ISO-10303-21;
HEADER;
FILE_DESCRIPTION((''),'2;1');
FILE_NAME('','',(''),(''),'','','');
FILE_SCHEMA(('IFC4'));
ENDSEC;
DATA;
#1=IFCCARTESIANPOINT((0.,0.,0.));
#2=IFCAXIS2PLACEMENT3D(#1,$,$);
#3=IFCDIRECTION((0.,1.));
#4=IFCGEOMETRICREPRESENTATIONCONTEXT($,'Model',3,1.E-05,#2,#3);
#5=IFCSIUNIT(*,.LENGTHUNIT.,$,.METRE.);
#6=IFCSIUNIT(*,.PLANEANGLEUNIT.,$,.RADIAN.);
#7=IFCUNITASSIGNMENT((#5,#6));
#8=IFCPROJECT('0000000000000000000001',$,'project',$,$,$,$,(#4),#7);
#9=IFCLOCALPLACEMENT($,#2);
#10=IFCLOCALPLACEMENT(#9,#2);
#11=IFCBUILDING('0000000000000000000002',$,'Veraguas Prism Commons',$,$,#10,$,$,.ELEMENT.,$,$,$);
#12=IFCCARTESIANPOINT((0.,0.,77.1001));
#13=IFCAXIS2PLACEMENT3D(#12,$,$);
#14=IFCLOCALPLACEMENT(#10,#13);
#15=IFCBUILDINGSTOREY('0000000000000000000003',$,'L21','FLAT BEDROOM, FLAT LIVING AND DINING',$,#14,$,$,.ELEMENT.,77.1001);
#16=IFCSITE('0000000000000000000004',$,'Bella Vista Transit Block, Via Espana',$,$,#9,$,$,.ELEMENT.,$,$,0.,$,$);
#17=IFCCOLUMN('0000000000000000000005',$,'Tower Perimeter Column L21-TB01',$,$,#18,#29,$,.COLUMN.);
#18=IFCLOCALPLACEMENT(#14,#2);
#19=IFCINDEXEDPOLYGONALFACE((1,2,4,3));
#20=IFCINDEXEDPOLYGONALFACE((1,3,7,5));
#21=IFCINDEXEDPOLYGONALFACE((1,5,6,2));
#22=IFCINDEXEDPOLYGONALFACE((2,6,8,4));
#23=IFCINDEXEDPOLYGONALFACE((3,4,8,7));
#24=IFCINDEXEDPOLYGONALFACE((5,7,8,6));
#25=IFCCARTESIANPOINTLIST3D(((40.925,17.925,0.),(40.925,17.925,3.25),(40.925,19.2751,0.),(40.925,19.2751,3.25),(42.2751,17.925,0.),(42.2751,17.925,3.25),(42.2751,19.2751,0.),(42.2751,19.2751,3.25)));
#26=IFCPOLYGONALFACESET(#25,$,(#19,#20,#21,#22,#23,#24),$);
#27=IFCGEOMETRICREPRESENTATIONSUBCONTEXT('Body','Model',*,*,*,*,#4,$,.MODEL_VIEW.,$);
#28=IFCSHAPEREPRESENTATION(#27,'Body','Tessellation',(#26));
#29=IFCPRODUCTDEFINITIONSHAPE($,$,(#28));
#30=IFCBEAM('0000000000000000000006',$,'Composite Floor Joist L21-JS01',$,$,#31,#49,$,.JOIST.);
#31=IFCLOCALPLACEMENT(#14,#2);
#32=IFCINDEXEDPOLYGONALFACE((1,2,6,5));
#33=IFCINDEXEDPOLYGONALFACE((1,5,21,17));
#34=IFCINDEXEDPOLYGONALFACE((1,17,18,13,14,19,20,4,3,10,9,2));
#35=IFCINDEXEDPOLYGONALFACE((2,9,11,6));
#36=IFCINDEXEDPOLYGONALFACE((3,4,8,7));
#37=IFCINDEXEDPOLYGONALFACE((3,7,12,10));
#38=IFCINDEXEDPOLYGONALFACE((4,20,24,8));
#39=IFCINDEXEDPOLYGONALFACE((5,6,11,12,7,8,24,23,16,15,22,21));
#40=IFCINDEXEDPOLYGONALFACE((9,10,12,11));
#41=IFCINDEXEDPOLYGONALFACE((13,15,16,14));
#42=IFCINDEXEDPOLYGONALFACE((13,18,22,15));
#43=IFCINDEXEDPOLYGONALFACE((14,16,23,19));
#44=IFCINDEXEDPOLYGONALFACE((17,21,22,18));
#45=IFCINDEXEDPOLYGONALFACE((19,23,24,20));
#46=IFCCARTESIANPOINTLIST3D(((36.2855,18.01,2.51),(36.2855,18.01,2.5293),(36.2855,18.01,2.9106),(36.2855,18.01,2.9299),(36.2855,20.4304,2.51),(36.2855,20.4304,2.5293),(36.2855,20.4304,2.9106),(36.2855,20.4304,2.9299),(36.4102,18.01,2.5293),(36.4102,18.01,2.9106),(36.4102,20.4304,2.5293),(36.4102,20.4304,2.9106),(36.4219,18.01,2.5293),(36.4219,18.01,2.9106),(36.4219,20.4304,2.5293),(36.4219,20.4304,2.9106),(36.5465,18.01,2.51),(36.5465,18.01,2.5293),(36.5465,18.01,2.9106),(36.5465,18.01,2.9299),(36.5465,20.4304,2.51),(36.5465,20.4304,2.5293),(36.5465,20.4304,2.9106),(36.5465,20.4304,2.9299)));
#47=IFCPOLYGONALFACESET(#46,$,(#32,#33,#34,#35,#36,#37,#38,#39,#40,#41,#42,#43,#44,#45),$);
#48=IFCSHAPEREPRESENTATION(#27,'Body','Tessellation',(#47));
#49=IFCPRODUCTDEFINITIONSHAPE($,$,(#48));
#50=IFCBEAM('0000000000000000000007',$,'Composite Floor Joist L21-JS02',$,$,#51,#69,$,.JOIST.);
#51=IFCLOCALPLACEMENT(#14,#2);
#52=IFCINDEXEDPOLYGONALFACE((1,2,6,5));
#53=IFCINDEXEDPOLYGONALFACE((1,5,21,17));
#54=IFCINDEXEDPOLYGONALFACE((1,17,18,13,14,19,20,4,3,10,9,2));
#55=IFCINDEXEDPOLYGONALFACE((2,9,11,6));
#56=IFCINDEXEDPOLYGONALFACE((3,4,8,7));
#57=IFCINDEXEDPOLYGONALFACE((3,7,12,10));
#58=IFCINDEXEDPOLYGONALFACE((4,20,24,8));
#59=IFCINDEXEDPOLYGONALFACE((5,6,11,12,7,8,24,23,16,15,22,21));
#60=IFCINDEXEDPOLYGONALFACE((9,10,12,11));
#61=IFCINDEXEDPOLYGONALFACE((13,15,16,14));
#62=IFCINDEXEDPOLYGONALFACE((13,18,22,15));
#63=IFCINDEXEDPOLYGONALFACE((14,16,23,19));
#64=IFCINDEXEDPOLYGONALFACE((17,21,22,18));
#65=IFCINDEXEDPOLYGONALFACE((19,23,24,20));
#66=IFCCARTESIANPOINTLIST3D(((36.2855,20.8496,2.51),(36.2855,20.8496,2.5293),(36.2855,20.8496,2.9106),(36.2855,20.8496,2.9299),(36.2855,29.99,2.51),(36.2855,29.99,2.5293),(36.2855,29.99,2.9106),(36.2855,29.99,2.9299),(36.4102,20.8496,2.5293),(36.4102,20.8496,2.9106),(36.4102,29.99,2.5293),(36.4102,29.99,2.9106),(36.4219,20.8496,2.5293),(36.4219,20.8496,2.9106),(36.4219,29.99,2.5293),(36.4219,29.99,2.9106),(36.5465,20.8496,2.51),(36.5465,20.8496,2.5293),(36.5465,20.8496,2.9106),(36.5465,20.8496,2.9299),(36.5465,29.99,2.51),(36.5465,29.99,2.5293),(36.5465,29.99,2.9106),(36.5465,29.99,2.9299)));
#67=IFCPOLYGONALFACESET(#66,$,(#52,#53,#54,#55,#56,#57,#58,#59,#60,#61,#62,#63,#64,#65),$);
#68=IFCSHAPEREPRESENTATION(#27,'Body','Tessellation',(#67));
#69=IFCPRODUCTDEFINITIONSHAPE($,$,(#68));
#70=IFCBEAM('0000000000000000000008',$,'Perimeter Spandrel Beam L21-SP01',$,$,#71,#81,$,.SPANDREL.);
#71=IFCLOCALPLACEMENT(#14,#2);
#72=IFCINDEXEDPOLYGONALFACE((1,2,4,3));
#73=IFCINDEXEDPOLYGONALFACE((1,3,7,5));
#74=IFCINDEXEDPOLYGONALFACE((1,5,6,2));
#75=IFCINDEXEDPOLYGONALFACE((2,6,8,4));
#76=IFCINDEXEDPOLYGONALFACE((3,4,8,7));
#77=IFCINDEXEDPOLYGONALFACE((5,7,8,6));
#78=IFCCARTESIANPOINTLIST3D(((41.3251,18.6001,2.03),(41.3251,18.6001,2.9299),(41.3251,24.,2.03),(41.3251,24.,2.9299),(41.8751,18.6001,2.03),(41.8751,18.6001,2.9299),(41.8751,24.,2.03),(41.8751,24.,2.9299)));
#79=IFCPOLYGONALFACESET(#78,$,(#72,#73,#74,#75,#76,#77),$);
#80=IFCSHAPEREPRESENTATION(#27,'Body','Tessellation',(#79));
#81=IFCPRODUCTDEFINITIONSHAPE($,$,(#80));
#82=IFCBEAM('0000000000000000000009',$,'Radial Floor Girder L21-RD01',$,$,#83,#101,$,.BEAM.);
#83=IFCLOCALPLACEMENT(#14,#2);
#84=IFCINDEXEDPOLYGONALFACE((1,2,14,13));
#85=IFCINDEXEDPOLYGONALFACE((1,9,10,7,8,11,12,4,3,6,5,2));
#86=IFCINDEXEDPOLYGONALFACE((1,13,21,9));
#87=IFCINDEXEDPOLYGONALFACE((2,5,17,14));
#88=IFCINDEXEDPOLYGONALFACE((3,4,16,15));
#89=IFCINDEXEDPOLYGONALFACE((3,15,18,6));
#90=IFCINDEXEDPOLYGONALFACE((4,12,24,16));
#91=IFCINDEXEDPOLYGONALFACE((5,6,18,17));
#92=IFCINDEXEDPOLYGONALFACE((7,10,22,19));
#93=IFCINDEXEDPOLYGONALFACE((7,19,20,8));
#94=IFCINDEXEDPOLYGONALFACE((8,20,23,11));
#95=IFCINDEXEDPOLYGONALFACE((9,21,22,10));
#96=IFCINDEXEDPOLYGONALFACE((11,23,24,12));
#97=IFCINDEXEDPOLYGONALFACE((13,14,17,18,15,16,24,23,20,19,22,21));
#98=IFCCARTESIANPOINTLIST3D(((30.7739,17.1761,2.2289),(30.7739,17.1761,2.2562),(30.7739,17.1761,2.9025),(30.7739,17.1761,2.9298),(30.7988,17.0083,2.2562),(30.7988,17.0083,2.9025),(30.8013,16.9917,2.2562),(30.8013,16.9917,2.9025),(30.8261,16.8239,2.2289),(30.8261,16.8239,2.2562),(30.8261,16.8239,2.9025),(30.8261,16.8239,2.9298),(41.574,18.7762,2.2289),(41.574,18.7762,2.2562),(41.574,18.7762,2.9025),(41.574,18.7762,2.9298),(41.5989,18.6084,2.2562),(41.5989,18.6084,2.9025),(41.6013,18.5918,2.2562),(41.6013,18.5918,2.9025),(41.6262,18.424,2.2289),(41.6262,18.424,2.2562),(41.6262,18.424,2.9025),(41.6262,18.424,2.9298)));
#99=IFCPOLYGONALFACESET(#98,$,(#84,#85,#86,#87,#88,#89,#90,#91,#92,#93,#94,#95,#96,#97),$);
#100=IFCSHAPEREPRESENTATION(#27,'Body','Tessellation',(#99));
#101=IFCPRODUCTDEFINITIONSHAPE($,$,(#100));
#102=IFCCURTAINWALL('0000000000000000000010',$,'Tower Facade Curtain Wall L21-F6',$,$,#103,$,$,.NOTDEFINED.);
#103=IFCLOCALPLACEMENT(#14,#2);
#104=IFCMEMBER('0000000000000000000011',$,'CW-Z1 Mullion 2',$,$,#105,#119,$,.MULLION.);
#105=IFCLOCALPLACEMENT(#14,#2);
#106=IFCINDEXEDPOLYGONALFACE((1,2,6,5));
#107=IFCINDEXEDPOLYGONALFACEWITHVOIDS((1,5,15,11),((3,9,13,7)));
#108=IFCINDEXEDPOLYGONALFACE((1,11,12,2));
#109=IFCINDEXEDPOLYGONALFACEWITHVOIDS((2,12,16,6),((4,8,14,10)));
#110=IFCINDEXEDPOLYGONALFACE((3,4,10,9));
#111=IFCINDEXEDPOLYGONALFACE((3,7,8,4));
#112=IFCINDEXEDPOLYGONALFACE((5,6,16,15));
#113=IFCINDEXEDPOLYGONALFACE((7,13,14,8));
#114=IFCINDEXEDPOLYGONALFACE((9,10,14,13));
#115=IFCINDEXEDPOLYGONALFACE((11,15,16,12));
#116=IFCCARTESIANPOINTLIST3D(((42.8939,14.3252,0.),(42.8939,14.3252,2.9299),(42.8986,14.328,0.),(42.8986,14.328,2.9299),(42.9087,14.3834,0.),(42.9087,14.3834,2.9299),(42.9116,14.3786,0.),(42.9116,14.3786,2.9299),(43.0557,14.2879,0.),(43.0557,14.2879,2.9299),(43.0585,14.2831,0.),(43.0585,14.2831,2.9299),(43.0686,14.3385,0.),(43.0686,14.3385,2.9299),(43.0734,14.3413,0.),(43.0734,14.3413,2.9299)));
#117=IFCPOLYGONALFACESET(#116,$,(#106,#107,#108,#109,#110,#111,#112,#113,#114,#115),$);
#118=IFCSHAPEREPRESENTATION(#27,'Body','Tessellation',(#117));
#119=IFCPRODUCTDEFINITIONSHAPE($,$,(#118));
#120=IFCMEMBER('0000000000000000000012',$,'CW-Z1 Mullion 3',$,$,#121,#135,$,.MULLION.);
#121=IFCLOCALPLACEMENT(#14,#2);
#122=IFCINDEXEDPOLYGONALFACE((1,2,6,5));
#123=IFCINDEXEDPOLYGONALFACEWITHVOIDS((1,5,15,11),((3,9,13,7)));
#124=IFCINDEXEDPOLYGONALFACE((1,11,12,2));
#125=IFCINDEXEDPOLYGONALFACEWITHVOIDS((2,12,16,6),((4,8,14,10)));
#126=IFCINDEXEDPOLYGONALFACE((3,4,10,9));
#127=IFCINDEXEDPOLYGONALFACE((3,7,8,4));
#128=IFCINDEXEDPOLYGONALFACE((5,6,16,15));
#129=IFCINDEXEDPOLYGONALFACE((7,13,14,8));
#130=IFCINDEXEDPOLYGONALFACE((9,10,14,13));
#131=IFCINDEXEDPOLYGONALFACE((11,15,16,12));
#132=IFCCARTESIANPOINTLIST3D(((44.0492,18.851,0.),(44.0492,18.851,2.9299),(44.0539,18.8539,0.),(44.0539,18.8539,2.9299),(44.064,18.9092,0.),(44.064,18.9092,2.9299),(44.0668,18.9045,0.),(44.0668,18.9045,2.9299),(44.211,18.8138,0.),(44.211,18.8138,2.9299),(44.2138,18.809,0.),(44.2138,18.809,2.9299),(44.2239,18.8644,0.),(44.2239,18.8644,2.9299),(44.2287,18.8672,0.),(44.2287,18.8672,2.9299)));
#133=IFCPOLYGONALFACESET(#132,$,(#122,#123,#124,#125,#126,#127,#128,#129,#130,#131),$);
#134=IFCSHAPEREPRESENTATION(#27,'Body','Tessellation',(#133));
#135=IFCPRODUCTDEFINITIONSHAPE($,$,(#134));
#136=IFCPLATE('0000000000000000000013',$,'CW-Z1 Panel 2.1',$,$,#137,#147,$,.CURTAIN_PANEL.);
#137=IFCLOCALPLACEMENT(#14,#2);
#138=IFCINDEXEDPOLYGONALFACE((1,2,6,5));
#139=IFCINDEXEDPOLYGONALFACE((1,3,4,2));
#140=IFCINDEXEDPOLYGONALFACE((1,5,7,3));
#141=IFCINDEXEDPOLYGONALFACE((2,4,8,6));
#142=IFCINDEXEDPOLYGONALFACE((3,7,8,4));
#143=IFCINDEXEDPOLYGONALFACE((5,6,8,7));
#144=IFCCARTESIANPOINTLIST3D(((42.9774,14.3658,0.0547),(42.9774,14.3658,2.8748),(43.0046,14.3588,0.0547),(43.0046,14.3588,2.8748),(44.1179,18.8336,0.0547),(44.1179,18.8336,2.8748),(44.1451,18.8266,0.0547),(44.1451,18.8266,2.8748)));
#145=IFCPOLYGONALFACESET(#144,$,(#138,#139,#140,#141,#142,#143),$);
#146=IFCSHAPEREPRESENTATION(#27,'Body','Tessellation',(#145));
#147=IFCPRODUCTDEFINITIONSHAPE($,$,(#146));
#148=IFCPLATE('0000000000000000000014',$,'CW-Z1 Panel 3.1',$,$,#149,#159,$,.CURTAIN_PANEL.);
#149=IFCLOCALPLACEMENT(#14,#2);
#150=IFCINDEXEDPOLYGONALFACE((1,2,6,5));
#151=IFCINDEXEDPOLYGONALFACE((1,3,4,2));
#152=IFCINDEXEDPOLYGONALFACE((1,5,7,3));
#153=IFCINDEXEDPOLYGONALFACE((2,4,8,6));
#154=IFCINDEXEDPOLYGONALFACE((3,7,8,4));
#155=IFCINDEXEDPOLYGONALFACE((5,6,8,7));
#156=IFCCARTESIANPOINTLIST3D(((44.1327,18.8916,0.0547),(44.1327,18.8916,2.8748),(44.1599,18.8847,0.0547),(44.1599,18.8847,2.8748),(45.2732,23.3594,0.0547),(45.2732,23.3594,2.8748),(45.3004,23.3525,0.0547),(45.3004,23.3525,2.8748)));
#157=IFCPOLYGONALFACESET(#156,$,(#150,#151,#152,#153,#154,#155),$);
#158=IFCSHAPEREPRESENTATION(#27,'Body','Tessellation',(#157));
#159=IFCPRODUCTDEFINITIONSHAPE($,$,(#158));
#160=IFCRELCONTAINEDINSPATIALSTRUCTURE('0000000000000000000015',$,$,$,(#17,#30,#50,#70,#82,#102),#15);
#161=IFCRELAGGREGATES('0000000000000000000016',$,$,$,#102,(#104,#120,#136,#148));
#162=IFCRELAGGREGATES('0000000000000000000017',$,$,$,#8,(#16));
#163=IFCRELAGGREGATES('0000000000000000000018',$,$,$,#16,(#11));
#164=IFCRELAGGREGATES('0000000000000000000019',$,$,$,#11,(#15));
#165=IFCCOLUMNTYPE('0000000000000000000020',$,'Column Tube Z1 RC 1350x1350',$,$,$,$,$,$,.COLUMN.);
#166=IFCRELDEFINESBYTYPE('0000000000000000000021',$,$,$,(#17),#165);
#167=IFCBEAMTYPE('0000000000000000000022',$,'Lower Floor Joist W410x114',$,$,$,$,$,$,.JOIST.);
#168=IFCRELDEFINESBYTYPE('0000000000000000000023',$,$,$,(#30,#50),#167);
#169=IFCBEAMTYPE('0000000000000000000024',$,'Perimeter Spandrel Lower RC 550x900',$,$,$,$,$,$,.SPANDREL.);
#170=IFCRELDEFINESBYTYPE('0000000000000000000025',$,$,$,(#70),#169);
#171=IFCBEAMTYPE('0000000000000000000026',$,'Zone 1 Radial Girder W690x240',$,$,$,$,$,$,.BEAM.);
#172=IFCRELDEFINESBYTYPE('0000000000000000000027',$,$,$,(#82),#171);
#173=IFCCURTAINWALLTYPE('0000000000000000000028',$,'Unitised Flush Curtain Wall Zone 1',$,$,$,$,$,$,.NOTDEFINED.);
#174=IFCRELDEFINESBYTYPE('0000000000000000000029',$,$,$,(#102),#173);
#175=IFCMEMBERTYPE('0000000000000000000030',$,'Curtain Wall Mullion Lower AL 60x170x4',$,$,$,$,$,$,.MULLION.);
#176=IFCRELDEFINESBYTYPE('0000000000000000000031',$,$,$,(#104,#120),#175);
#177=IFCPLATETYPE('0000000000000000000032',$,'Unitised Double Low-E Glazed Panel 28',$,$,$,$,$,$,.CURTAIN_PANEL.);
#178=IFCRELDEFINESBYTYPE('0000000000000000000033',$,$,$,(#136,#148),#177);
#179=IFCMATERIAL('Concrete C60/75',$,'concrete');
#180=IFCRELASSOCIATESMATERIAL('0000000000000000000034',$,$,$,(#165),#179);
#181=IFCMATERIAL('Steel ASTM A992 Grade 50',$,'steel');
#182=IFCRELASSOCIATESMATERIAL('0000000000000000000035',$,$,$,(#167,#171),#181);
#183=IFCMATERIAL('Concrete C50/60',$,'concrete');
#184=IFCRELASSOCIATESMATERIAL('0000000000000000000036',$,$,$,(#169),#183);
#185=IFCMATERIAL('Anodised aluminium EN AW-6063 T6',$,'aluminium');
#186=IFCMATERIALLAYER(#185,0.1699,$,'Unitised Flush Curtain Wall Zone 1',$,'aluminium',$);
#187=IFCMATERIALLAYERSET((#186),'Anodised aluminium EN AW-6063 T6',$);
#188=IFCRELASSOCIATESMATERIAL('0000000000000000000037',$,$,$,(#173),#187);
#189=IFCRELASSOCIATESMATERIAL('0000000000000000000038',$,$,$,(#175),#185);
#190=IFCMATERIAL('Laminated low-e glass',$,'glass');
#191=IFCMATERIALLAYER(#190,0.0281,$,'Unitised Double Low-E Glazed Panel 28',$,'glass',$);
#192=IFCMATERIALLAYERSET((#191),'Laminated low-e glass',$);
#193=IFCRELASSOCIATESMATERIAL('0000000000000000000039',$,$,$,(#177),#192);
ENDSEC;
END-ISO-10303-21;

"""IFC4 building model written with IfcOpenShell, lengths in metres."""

from ifc_helpers import new_model, si_unit, direction, frame, origin, origin_2d, place, context, subcontext, project, spatial, rectangle, hollow_rectangle, i_section, extrude, source, transform, mapped, material, layer, layer_set, material_profile, profile_set, type_object, element, aggregate, save


model = new_model("IFC4")

# Units and contexts
model_context = context("Model", 3, precision=1e-05, world=origin(), true_north=direction((0.0, 1.0)))
body_context = subcontext(model_context, "Body", "Model", "MODEL_VIEW")
ifc_project = project(units=[si_unit("LENGTHUNIT", "METRE"), si_unit("PLANEANGLEUNIT", "RADIAN")], contexts=[model_context])

# Site, building, storey
site_placement = place(None, origin())
site = spatial("IfcSite", under=ifc_project, at=site_placement, Name="Bella Vista Transit Block, Via Espana", CompositionType="ELEMENT", RefElevation=0.0)
building_placement = place(site_placement, origin())
building = spatial("IfcBuilding", under=site, at=building_placement, Name="Veraguas Prism Commons", CompositionType="ELEMENT")
storey_placement = place(building_placement, frame((0.0, 0.0, 77.1001)))
storey = spatial("IfcBuildingStorey", under=building, at=storey_placement, Name="L21", Description="FLAT BEDROOM, FLAT LIVING AND DINING", CompositionType="ELEMENT", Elevation=77.1001)

# Column
ifc_material_1 = material(Name="Concrete C60/75", Category="concrete")
ifc_material_profile_1 = material_profile(ifc_material_1, rectangle(XDim=1.3501, YDim=1.3501, at=origin_2d()), Name="RC1350X1350")
ifc_profile_set_1 = profile_set([ifc_material_profile_1], Name="Concrete C60/75")
column_type = type_object("IfcColumnType", Name="Column Tube Z1 RC 1350x1350", PredefinedType="COLUMN", material=ifc_profile_set_1)
column_placement = place(storey_placement, frame((41.6001, 18.6001, 0.0), z_axis=(0.0, 0.0, 1.0), x_axis=(1.0, 0.0, 0.0)))
element("IfcColumn", 1, at=column_placement, inside=storey, type_object=column_type, Name="Tower Perimeter Column L21-TB01", PredefinedType="COLUMN", context=body_context, shape_type="SweptSolid", body=[
    extrude(rectangle(XDim=1.3501, YDim=1.3501, at=origin_2d()), origin(), (0.0, 0.0, 1.0), 3.25),
])

# Beams
ifc_material_2 = material(Name="Steel ASTM A992 Grade 50", Category="steel")
ifc_material_profile_2 = material_profile(ifc_material_2, i_section(OverallWidth=0.261, OverallDepth=0.4199, WebThickness=0.0117, FlangeThickness=0.0193, at=origin_2d()), Name="W410X114")
ifc_profile_set_2 = profile_set([ifc_material_profile_2], Name="Steel ASTM A992 Grade 50")
beam_type_1 = type_object("IfcBeamType", Name="Lower Floor Joist W410x114", PredefinedType="JOIST", material=ifc_profile_set_2)
beam_1_placement = place(storey_placement, frame((36.416, 18.01, 2.72), z_axis=(0.0, 1.0, 0.0), x_axis=(-1.0, 0.0, 0.0)))
element("IfcBeam", 2, at=beam_1_placement, inside=storey, type_object=beam_type_1, Name="Composite Floor Joist L21-JS01", PredefinedType="JOIST", context=body_context, shape_type="SweptSolid", body=[
    extrude(i_section(OverallWidth=0.261, OverallDepth=0.4199, WebThickness=0.0117, FlangeThickness=0.0193, at=origin_2d()), origin(), (0.0, 0.0, 1.0), 2.4204),
])
beam_2_placement = place(storey_placement, frame((36.416, 20.8496, 2.72), z_axis=(0.0, 1.0, 0.0), x_axis=(-1.0, 0.0, 0.0)))
element("IfcBeam", 3, at=beam_2_placement, inside=storey, type_object=beam_type_1, Name="Composite Floor Joist L21-JS02", PredefinedType="JOIST", context=body_context, shape_type="SweptSolid", body=[
    extrude(i_section(OverallWidth=0.261, OverallDepth=0.4199, WebThickness=0.0117, FlangeThickness=0.0193, at=origin_2d()), origin(), (0.0, 0.0, 1.0), 9.1404),
])
ifc_material_3 = material(Name="Concrete C50/60", Category="concrete")
ifc_material_profile_3 = material_profile(ifc_material_3, rectangle(XDim=0.55, YDim=0.8999, at=origin_2d()), Name="RC550X900")
ifc_profile_set_3 = profile_set([ifc_material_profile_3], Name="Concrete C50/60")
beam_type_2 = type_object("IfcBeamType", Name="Perimeter Spandrel Lower RC 550x900", PredefinedType="SPANDREL", material=ifc_profile_set_3)
beam_3_placement = place(storey_placement, frame((41.6001, 18.6001, 2.48), z_axis=(0.0, 1.0, 0.0), x_axis=(-1.0, 0.0, 0.0)))
element("IfcBeam", 4, at=beam_3_placement, inside=storey, type_object=beam_type_2, Name="Perimeter Spandrel Beam L21-SP01", PredefinedType="SPANDREL", context=body_context, shape_type="SweptSolid", body=[
    extrude(rectangle(XDim=0.55, YDim=0.8999, at=origin_2d()), origin(), (0.0, 0.0, 1.0), 5.3999),
])
ifc_material_profile_4 = material_profile(ifc_material_2, i_section(OverallWidth=0.356, OverallDepth=0.7009, WebThickness=0.0168, FlangeThickness=0.0273, at=origin_2d()), Name="W690X240")
ifc_profile_set_4 = profile_set([ifc_material_profile_4], Name="Steel ASTM A992 Grade 50")
beam_type_3 = type_object("IfcBeamType", Name="Zone 1 Radial Girder W690x240", PredefinedType="BEAM", material=ifc_profile_set_4)
beam_4_placement = place(storey_placement, frame((41.6001, 18.6001, 2.5793), z_axis=(-0.989202, -0.146557, 0.0), x_axis=(0.146557, -0.989202, 0.0)))
element("IfcBeam", 5, at=beam_4_placement, inside=storey, type_object=beam_type_3, Name="Radial Floor Girder L21-RD01", PredefinedType="BEAM", context=body_context, shape_type="SweptSolid", body=[
    extrude(i_section(OverallWidth=0.356, OverallDepth=0.7009, WebThickness=0.0168, FlangeThickness=0.0273, at=origin_2d()), origin(), (0.0, 0.0, 1.0), 10.918),
])

# Curtain wall, members, plates
ifc_material_4 = material(Name="Anodised aluminium EN AW-6063 T6", Category="aluminium")
ifc_layer_1 = layer(ifc_material_4, 0.1699, Name="Unitised Flush Curtain Wall Zone 1", Category="aluminium")
ifc_layer_set_1 = layer_set([ifc_layer_1], Name="Anodised aluminium EN AW-6063 T6")
curtain_wall_type = type_object("IfcCurtainWallType", Name="Unitised Flush Curtain Wall Zone 1", PredefinedType="NOTDEFINED", material=ifc_layer_set_1)
curtain_wall_placement = place(storey_placement, origin())
curtain_wall = element("IfcCurtainWall", 6, at=curtain_wall_placement, inside=storey, type_object=curtain_wall_type, Name="Tower Facade Curtain Wall L21-F6", PredefinedType="NOTDEFINED")
ifc_material_profile_5 = material_profile(ifc_material_4, hollow_rectangle(XDim=0.0601, YDim=0.1699, WallThickness=0.0039, at=origin_2d()), Name="AL60X170X4")
ifc_profile_set_5 = profile_set([ifc_material_profile_5], Name="Anodised aluminium EN AW-6063 T6")
member_type = type_object("IfcMemberType", Name="Curtain Wall Mullion Lower AL 60x170x4", PredefinedType="MULLION", material=ifc_profile_set_5)
shared_shape_1 = source(origin(), body_context, "Body", "SweptSolid", [
    extrude(hollow_rectangle(XDim=0.0601, YDim=0.1699, WallThickness=0.0039, at=origin_2d()), origin(), (0.0, 0.0, 1.0), 2.9299),
])
member_1_placement = place(storey_placement, frame((42.9836, 14.3333, 0.0), z_axis=(0.0, 0.0, 1.0), x_axis=(0.247341, 0.968929, 0.0)))
member_1 = element("IfcMember", 7, at=member_1_placement, type_object=member_type, Name="CW-Z1 Mullion 2", PredefinedType="MULLION", context=body_context, shape_type="MappedRepresentation", body=[
    mapped(shared_shape_1, transform((0.0, 0.0, 0.0), scale=1.0)),
])
member_2_placement = place(storey_placement, frame((44.1389, 18.8591, 0.0), z_axis=(0.0, 0.0, 1.0), x_axis=(0.247341, 0.968929, 0.0)))
member_2 = element("IfcMember", 8, at=member_2_placement, type_object=member_type, Name="CW-Z1 Mullion 3", PredefinedType="MULLION", context=body_context, shape_type="MappedRepresentation", body=[
    mapped(shared_shape_1, transform((0.0, 0.0, 0.0), scale=1.0)),
])
ifc_material_5 = material(Name="Laminated low-e glass", Category="glass")
ifc_layer_2 = layer(ifc_material_5, 0.0281, Name="Unitised Double Low-E Glazed Panel 28", Category="glass")
ifc_layer_set_2 = layer_set([ifc_layer_2], Name="Laminated low-e glass")
plate_type = type_object("IfcPlateType", Name="Unitised Double Low-E Glazed Panel 28", PredefinedType="CURTAIN_PANEL", material=ifc_layer_set_2)
shared_shape_2 = source(origin(), body_context, "Body", "SweptSolid", [
    extrude(rectangle(XDim=4.6111, YDim=0.0281, at=origin_2d()), origin(), (0.0, 0.0, 1.0), 2.8201),
])
plate_1_placement = place(storey_placement, frame((43.5613, 16.5962, 0.0547), z_axis=(0.0, 0.0, 1.0), x_axis=(0.247341, 0.968929, 0.0)))
plate_1 = element("IfcPlate", 9, at=plate_1_placement, type_object=plate_type, Name="CW-Z1 Panel 2.1", PredefinedType="CURTAIN_PANEL", context=body_context, shape_type="MappedRepresentation", body=[
    mapped(shared_shape_2, transform((0.0, 0.0, 0.0), scale=1.0)),
])
plate_2_placement = place(storey_placement, frame((44.7166, 21.1221, 0.0547), z_axis=(0.0, 0.0, 1.0), x_axis=(0.247341, 0.968929, 0.0)))
plate_2 = element("IfcPlate", 10, at=plate_2_placement, type_object=plate_type, Name="CW-Z1 Panel 3.1", PredefinedType="CURTAIN_PANEL", context=body_context, shape_type="MappedRepresentation", body=[
    mapped(shared_shape_2, transform((0.0, 0.0, 0.0), scale=1.0)),
])
aggregate(curtain_wall, [member_1, member_2, plate_1, plate_2])

save(model, "model.ifc")
